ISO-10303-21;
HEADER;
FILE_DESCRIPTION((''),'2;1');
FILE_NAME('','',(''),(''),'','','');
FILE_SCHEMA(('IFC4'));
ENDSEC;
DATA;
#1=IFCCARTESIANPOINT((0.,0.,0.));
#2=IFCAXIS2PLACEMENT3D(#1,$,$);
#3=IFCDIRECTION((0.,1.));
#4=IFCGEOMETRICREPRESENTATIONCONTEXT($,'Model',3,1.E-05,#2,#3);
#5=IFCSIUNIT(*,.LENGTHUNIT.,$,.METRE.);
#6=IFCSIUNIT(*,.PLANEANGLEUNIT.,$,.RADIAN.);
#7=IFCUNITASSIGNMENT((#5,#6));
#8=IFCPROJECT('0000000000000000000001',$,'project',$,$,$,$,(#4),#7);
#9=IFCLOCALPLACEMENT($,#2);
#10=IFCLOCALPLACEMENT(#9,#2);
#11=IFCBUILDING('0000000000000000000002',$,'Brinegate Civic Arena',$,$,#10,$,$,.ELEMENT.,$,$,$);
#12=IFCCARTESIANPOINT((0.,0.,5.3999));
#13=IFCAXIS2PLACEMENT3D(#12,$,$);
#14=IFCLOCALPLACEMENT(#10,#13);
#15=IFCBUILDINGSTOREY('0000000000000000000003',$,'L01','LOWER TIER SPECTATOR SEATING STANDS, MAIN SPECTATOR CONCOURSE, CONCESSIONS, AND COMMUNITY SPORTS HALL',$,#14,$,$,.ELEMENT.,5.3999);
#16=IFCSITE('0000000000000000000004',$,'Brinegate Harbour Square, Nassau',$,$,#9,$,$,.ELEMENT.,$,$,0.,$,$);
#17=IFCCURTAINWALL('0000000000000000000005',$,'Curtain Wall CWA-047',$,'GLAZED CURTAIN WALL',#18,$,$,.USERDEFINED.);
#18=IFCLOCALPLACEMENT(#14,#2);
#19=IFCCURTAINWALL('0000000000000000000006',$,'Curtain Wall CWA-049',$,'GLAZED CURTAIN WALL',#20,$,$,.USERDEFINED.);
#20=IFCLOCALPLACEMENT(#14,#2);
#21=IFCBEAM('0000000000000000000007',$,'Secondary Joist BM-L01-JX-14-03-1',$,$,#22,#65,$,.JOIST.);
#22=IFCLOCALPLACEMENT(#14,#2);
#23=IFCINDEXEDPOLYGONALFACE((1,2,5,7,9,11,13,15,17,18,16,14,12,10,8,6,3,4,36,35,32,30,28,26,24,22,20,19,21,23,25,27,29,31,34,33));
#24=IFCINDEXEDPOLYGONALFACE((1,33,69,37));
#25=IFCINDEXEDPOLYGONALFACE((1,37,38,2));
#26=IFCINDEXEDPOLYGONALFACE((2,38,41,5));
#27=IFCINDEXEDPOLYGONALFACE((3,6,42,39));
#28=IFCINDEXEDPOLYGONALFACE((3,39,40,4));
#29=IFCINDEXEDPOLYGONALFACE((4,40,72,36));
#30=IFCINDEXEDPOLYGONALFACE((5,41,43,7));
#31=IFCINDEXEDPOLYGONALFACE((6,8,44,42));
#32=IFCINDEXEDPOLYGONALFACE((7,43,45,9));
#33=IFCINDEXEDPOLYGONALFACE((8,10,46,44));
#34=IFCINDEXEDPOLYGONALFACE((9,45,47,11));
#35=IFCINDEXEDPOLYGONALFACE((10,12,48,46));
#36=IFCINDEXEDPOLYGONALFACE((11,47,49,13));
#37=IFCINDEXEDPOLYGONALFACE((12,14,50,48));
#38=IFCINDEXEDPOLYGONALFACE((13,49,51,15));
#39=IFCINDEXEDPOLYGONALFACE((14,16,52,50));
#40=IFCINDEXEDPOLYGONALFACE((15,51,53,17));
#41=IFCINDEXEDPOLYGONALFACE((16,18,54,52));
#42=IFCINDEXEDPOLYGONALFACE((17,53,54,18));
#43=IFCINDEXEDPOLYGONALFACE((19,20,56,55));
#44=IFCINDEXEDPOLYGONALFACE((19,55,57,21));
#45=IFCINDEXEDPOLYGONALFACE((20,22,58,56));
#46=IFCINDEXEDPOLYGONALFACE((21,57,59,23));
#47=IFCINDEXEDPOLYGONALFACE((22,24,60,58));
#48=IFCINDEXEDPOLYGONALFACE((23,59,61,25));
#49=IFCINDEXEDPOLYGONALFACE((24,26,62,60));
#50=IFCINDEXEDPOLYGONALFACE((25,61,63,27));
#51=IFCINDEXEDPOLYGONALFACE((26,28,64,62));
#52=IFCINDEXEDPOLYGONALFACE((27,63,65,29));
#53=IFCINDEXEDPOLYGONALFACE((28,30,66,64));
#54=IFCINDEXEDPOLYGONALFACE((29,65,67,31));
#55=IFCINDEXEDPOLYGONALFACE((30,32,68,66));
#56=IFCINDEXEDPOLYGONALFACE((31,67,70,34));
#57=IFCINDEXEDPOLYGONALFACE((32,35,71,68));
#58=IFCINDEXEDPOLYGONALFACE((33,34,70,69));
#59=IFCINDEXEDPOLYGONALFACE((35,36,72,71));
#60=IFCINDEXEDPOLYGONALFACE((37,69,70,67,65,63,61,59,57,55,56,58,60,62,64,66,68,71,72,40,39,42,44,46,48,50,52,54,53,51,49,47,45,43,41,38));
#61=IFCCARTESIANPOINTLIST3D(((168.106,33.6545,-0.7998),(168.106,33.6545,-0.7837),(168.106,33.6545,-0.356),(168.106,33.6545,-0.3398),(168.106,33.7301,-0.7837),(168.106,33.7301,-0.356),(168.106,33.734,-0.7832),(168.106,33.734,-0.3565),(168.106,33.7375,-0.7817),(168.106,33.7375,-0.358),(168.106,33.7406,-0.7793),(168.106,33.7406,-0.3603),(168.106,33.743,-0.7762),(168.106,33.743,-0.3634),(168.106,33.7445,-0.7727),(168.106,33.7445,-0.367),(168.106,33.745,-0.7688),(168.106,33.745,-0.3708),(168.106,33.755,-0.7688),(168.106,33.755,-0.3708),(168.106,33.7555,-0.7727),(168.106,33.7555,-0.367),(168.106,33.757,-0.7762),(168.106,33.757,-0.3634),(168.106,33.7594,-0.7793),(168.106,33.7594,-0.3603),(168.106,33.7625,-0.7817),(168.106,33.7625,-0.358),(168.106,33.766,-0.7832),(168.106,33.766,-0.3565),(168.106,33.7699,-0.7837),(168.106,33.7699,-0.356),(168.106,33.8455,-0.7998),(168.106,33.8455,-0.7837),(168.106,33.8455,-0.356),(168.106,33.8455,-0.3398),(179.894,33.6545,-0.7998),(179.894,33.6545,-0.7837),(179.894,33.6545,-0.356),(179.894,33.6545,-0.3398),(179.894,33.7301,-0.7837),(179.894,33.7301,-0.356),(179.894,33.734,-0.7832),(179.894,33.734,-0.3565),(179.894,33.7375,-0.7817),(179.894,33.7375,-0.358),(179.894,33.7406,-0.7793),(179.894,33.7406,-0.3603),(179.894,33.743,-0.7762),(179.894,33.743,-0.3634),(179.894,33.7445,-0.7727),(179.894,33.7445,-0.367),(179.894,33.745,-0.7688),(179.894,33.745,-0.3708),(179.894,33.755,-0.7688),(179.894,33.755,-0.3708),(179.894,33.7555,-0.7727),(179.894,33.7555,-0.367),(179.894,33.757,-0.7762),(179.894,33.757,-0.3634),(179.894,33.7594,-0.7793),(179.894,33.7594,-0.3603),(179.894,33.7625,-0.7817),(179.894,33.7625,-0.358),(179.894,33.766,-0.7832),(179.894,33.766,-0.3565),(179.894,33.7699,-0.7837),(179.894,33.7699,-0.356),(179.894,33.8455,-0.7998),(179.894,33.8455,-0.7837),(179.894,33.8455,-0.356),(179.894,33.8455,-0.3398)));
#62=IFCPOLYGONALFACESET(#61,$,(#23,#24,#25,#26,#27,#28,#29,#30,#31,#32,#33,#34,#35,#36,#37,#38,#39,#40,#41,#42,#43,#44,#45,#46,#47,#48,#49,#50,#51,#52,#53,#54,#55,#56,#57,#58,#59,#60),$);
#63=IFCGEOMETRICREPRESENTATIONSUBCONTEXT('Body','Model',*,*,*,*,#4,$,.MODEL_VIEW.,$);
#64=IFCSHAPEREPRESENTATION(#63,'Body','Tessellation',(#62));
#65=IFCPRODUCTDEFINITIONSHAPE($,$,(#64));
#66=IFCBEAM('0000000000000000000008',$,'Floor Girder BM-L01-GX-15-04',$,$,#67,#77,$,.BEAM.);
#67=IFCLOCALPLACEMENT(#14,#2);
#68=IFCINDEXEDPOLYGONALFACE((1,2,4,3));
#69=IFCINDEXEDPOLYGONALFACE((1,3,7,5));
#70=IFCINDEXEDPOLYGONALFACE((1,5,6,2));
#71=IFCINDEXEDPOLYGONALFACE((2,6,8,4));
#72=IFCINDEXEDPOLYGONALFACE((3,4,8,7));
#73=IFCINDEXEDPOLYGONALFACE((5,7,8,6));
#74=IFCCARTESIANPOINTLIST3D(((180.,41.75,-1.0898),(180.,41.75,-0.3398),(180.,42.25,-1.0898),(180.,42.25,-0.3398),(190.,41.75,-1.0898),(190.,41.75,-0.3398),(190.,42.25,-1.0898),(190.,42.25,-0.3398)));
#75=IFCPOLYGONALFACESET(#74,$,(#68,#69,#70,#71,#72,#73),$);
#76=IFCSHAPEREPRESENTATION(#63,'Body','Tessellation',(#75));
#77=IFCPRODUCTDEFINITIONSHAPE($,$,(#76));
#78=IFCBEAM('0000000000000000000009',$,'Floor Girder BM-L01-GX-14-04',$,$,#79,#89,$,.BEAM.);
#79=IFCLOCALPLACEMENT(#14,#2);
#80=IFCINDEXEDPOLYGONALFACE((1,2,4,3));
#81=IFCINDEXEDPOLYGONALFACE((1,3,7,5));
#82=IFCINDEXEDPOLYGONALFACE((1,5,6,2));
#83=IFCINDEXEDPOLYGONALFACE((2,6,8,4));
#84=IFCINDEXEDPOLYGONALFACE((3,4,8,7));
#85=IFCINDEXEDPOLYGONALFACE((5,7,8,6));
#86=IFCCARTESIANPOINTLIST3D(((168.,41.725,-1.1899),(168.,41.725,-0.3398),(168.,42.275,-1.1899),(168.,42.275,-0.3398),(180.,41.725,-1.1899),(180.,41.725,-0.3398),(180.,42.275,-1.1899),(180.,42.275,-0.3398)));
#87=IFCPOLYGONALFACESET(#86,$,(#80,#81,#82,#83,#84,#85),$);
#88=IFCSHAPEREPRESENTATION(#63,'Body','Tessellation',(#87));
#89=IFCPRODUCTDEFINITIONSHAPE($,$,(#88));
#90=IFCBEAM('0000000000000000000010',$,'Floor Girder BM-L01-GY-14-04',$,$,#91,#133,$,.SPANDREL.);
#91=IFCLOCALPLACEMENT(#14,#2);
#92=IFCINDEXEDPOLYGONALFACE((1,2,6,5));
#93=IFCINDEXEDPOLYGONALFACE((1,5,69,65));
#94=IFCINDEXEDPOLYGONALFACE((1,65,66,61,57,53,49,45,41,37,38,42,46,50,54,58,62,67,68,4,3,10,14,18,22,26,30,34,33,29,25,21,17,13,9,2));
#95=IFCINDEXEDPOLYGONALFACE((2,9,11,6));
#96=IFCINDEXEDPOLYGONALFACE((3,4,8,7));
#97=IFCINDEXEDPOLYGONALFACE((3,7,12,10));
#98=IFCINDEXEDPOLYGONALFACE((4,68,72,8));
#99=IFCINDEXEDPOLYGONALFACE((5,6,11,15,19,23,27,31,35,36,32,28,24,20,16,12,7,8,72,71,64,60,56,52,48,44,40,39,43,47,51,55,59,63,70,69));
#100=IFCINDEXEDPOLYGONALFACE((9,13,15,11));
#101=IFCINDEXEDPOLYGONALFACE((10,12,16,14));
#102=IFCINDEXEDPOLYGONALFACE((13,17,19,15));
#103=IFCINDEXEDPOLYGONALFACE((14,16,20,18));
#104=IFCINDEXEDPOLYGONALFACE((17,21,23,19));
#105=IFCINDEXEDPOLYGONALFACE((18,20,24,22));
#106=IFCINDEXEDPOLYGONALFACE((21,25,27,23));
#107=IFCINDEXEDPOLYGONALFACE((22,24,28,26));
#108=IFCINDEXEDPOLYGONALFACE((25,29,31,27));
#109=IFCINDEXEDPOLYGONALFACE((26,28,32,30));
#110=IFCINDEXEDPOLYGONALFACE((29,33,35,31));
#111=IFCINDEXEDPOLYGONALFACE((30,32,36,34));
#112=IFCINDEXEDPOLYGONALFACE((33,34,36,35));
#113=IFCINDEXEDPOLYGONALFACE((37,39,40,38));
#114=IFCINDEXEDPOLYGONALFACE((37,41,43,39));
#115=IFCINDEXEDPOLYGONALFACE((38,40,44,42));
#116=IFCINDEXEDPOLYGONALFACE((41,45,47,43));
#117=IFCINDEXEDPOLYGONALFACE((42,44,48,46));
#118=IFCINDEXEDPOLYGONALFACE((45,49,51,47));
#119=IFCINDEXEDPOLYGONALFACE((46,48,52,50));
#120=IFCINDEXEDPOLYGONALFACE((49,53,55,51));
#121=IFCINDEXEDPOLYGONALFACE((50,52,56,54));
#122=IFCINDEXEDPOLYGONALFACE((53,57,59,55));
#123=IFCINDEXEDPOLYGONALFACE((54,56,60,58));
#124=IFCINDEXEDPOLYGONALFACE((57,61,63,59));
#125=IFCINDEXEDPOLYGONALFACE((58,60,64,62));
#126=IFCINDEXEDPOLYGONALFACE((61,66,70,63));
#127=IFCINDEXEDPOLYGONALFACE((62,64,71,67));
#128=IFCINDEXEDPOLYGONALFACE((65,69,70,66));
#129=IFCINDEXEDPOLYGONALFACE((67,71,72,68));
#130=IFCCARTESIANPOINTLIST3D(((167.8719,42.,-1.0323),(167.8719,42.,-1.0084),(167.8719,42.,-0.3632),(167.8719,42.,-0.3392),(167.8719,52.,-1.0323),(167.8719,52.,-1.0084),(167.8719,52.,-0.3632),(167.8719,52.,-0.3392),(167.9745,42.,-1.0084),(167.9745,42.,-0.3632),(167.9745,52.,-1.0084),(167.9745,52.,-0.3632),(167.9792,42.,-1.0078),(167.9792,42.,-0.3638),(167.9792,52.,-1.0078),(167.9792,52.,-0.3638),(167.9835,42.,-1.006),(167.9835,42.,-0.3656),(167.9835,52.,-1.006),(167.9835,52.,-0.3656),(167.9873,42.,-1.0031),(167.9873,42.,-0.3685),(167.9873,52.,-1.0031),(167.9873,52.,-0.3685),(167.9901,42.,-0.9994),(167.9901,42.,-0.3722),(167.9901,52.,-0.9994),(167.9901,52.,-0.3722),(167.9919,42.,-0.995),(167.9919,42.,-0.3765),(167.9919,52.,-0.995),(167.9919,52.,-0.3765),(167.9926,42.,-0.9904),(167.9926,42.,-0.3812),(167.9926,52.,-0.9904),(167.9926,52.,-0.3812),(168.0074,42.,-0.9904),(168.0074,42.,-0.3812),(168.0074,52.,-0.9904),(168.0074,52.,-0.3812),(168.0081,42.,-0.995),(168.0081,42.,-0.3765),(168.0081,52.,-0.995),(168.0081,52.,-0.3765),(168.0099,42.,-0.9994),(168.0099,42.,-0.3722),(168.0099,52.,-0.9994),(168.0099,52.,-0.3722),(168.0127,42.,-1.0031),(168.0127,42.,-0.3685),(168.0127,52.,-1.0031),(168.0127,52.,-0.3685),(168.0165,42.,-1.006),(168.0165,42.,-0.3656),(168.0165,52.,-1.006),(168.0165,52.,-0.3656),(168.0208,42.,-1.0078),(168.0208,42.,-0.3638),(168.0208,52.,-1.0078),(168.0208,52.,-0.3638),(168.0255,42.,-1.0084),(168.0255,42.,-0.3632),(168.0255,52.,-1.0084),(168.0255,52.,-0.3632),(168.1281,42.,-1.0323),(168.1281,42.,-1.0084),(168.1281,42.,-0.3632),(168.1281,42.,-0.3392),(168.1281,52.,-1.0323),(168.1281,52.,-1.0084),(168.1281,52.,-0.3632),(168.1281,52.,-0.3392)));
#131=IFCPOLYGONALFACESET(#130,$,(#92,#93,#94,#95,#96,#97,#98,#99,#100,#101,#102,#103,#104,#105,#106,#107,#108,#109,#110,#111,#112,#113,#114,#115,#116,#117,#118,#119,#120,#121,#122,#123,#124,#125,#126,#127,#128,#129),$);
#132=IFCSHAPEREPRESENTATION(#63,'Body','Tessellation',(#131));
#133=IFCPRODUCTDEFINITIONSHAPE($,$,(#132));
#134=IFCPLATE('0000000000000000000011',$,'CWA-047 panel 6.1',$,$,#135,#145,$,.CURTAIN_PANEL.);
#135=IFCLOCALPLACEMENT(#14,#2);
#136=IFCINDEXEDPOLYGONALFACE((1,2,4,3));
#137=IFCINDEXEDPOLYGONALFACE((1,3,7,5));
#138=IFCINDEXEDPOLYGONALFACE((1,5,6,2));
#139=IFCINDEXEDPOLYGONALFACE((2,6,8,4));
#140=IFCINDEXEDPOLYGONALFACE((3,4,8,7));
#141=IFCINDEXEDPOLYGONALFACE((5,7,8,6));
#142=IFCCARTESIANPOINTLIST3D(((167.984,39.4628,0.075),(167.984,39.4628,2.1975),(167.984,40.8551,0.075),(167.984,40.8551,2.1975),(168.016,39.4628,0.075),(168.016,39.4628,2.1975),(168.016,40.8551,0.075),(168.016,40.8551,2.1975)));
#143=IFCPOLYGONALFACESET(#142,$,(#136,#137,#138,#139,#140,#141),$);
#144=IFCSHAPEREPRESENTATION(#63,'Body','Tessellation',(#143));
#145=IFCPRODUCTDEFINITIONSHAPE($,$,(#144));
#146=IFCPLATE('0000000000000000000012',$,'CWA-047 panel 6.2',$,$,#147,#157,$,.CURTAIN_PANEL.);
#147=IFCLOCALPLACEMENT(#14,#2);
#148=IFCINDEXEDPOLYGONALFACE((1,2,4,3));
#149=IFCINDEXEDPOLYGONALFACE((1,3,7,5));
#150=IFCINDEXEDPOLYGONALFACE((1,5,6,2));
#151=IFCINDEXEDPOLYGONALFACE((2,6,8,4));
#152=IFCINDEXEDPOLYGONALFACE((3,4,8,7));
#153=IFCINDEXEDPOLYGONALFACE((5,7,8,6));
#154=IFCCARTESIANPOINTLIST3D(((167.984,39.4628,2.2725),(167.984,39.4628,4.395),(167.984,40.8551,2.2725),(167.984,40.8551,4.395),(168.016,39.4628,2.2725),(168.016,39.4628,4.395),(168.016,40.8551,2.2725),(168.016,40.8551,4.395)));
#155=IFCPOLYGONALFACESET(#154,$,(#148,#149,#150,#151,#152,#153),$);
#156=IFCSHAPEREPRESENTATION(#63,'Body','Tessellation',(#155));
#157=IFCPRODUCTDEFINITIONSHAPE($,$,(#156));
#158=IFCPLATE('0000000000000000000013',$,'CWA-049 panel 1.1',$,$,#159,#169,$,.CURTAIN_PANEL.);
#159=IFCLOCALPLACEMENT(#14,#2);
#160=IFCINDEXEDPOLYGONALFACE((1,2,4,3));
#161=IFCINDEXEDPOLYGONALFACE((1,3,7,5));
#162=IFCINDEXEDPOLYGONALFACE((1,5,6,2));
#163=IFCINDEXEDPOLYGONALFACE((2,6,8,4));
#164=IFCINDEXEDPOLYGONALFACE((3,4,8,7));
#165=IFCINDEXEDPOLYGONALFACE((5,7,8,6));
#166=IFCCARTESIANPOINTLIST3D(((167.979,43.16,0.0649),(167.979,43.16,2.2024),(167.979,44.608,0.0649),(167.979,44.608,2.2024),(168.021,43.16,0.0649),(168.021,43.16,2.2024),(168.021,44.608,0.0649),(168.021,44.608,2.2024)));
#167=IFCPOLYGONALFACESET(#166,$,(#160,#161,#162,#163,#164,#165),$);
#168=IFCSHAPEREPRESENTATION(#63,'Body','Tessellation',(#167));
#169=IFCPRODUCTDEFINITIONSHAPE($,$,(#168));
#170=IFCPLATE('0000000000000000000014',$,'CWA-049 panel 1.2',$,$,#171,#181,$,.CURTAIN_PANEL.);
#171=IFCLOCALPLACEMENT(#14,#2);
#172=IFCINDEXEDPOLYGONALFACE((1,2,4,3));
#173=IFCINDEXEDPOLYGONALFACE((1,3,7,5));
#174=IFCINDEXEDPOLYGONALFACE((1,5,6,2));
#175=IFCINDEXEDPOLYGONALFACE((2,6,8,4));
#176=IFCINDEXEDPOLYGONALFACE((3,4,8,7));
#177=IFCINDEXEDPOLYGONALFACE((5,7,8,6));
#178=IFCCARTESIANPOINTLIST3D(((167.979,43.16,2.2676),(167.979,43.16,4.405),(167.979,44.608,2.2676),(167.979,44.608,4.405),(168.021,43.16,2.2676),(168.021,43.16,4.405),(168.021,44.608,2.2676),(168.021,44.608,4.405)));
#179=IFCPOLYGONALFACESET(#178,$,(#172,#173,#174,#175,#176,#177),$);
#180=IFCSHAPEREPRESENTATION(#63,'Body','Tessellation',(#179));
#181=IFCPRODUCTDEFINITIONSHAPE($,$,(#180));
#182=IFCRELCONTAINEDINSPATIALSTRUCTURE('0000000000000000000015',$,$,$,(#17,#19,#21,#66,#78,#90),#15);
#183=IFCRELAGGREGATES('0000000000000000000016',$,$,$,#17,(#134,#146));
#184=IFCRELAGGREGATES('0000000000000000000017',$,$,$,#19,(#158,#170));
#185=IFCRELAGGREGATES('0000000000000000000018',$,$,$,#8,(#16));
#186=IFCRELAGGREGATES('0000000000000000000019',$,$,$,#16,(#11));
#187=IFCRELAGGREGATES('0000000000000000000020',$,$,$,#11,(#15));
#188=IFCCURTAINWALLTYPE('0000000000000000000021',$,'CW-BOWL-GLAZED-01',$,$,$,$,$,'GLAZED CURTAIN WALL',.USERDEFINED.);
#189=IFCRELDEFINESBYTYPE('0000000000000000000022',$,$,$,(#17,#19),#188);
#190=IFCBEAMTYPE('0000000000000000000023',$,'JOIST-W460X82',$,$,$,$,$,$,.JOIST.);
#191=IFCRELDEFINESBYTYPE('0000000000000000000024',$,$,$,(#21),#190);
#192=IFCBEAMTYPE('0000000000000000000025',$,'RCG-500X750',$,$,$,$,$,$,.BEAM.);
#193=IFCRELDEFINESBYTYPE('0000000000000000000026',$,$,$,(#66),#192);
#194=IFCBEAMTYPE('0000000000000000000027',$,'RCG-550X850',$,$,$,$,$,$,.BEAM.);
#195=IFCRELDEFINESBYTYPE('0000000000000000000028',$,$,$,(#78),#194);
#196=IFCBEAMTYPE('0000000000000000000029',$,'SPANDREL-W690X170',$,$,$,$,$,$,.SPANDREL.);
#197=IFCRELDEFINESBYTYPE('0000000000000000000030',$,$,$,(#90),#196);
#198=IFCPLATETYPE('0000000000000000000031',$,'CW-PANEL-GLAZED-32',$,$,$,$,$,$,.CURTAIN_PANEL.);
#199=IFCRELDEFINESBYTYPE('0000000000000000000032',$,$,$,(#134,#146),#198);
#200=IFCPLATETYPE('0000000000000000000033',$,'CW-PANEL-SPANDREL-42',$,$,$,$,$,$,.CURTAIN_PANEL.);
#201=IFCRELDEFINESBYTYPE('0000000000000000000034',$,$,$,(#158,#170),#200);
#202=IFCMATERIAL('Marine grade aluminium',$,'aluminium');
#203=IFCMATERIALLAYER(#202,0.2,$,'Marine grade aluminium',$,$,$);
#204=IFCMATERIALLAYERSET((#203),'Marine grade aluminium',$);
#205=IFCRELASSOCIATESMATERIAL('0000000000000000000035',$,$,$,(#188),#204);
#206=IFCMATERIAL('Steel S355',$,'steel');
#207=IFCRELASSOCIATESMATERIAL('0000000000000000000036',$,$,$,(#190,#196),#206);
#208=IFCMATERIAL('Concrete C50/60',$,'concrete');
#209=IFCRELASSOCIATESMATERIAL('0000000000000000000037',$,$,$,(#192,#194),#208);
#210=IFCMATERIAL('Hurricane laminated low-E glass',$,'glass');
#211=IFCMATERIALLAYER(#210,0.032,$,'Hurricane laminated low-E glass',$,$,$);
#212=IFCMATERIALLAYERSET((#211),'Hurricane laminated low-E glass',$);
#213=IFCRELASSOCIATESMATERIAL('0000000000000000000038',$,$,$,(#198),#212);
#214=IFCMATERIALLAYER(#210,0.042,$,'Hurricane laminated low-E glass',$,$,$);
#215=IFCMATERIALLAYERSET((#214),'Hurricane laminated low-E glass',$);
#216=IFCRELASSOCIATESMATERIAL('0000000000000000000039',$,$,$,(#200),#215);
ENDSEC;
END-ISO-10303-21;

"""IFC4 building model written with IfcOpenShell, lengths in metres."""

from ifc_helpers import new_model, si_unit, direction, frame, origin, origin_2d, place, context, subcontext, project, spatial, rectangle, i_section, extrude, material, layer, layer_set, material_profile, profile_set, type_object, element, aggregate, save


model = new_model("IFC4")

# Units and contexts
model_context = context("Model", 3, precision=1e-05, world=origin(), true_north=direction((0.0, 1.0)))
body_context = subcontext(model_context, "Body", "Model", "MODEL_VIEW")
ifc_project = project(units=[si_unit("LENGTHUNIT", "METRE"), si_unit("PLANEANGLEUNIT", "RADIAN")], contexts=[model_context])

# Site, building, storey
site_placement = place(None, origin())
site = spatial("IfcSite", under=ifc_project, at=site_placement, Name="Brinegate Harbour Square, Nassau", CompositionType="ELEMENT", RefElevation=0.0)
building_placement = place(site_placement, origin())
building = spatial("IfcBuilding", under=site, at=building_placement, Name="Brinegate Civic Arena", CompositionType="ELEMENT")
storey_placement = place(building_placement, frame((0.0, 0.0, 5.3999)))
storey = spatial("IfcBuildingStorey", under=building, at=storey_placement, Name="L01", Description="LOWER TIER SPECTATOR SEATING STANDS, MAIN SPECTATOR CONCOURSE, CONCESSIONS, AND COMMUNITY SPORTS HALL", CompositionType="ELEMENT", Elevation=5.3999)

# Shared definitions
ifc_material_1 = material(Name="Concrete C50/60", Category="concrete")

# Curtain wall
ifc_material_2 = material(Name="Marine grade aluminium", Category="aluminium")
ifc_layer_1 = layer(ifc_material_2, 0.2, Name="Marine grade aluminium")
ifc_layer_set_1 = layer_set([ifc_layer_1], Name="Marine grade aluminium")
curtain_wall_type = type_object("IfcCurtainWallType", Name="CW-BOWL-GLAZED-01", ElementType="GLAZED CURTAIN WALL", PredefinedType="USERDEFINED", material=ifc_layer_set_1)
curtain_wall_1_placement = place(storey_placement, origin())
curtain_wall_1 = element("IfcCurtainWall", 1, at=curtain_wall_1_placement, inside=storey, type_object=curtain_wall_type, Name="Curtain Wall CWA-047", ObjectType="GLAZED CURTAIN WALL", PredefinedType="USERDEFINED")

# Curtain wall
curtain_wall_2_placement = place(storey_placement, origin())
curtain_wall_2 = element("IfcCurtainWall", 2, at=curtain_wall_2_placement, inside=storey, type_object=curtain_wall_type, Name="Curtain Wall CWA-049", ObjectType="GLAZED CURTAIN WALL", PredefinedType="USERDEFINED")

# Beams
ifc_material_3 = material(Name="Steel S355", Category="steel")
ifc_material_profile_1 = material_profile(ifc_material_3, i_section(OverallWidth=0.1909, OverallDepth=0.46, WebThickness=0.01, FlangeThickness=0.0161, FilletRadius=0.0149, at=origin_2d()), Name="W460X82")
ifc_profile_set_1 = profile_set([ifc_material_profile_1], Name="Steel S355")
beam_type_1 = type_object("IfcBeamType", Name="JOIST-W460X82", PredefinedType="JOIST", material=ifc_profile_set_1)
beam_1_placement = place(storey_placement, frame((168.106, 33.75, -0.5698), z_axis=(1.0, 0.0, 0.0), x_axis=(0.0, 1.0, 0.0)))
element("IfcBeam", 3, at=beam_1_placement, inside=storey, type_object=beam_type_1, Name="Secondary Joist BM-L01-JX-14-03-1", PredefinedType="JOIST", context=body_context, shape_type="SweptSolid", body=[
    extrude(i_section(OverallWidth=0.1909, OverallDepth=0.46, WebThickness=0.01, FlangeThickness=0.0161, FilletRadius=0.0149, at=origin_2d()), origin(), (0.0, 0.0, 1.0), 11.7881),
])
ifc_material_profile_2 = material_profile(ifc_material_1, rectangle(XDim=0.5, YDim=0.75, at=origin_2d()), Name="RCB500X750")
ifc_profile_set_2 = profile_set([ifc_material_profile_2], Name="Concrete C50/60")
beam_type_2 = type_object("IfcBeamType", Name="RCG-500X750", PredefinedType="BEAM", material=ifc_profile_set_2)
beam_2_placement = place(storey_placement, frame((180.0, 42.0, -0.7148), z_axis=(1.0, 0.0, 0.0), x_axis=(0.0, 1.0, 0.0)))
element("IfcBeam", 4, at=beam_2_placement, inside=storey, type_object=beam_type_2, Name="Floor Girder BM-L01-GX-15-04", PredefinedType="BEAM", context=body_context, shape_type="SweptSolid", body=[
    extrude(rectangle(XDim=0.5, YDim=0.75, at=origin_2d()), origin(), (0.0, 0.0, 1.0), 10.0),
])
ifc_material_profile_3 = material_profile(ifc_material_1, rectangle(XDim=0.55, YDim=0.8501, at=origin_2d()), Name="RCB550X850")
ifc_profile_set_3 = profile_set([ifc_material_profile_3], Name="Concrete C50/60")
beam_type_3 = type_object("IfcBeamType", Name="RCG-550X850", PredefinedType="BEAM", material=ifc_profile_set_3)
beam_3_placement = place(storey_placement, frame((168.0, 42.0, -0.7649), z_axis=(1.0, 0.0, 0.0), x_axis=(0.0, 1.0, 0.0)))
element("IfcBeam", 5, at=beam_3_placement, inside=storey, type_object=beam_type_3, Name="Floor Girder BM-L01-GX-14-04", PredefinedType="BEAM", context=body_context, shape_type="SweptSolid", body=[
    extrude(rectangle(XDim=0.55, YDim=0.8501, at=origin_2d()), origin(), (0.0, 0.0, 1.0), 12.0),
])
ifc_material_profile_4 = material_profile(ifc_material_3, i_section(OverallWidth=0.2561, OverallDepth=0.6931, WebThickness=0.0149, FlangeThickness=0.0239, FilletRadius=0.0181, at=origin_2d()), Name="W690X170")
ifc_profile_set_4 = profile_set([ifc_material_profile_4], Name="Steel S355")
beam_type_4 = type_object("IfcBeamType", Name="SPANDREL-W690X170", PredefinedType="SPANDREL", material=ifc_profile_set_4)
beam_4_placement = place(storey_placement, frame((168.0, 42.0, -0.6858), z_axis=(0.0, 1.0, 0.0), x_axis=(-1.0, 0.0, 0.0)))
element("IfcBeam", 6, at=beam_4_placement, inside=storey, type_object=beam_type_4, Name="Floor Girder BM-L01-GY-14-04", PredefinedType="SPANDREL", context=body_context, shape_type="SweptSolid", body=[
    extrude(i_section(OverallWidth=0.2561, OverallDepth=0.6931, WebThickness=0.0149, FlangeThickness=0.0239, FilletRadius=0.0181, at=origin_2d()), origin(), (0.0, 0.0, 1.0), 10.0),
])

# Plates
ifc_material_4 = material(Name="Hurricane laminated low-E glass", Category="glass")
ifc_layer_2 = layer(ifc_material_4, 0.032, Name="Hurricane laminated low-E glass")
ifc_layer_set_2 = layer_set([ifc_layer_2], Name="Hurricane laminated low-E glass")
plate_type_1 = type_object("IfcPlateType", Name="CW-PANEL-GLAZED-32", PredefinedType="CURTAIN_PANEL", material=ifc_layer_set_2)
plate_1_placement = place(storey_placement, frame((168.0, 40.1589, 0.075), z_axis=(0.0, 0.0, 1.0), x_axis=(0.0, 1.0, 0.0)))
plate_1 = element("IfcPlate", 7, at=plate_1_placement, type_object=plate_type_1, Name="CWA-047 panel 6.1", PredefinedType="CURTAIN_PANEL", context=body_context, shape_type="SweptSolid", body=[
    extrude(rectangle(XDim=1.3923, YDim=0.032, at=origin_2d()), origin(), (0.0, 0.0, 1.0), 2.1226),
])
plate_2_placement = place(storey_placement, frame((168.0, 40.1589, 2.2725), z_axis=(0.0, 0.0, 1.0), x_axis=(0.0, 1.0, 0.0)))
plate_2 = element("IfcPlate", 8, at=plate_2_placement, type_object=plate_type_1, Name="CWA-047 panel 6.2", PredefinedType="CURTAIN_PANEL", context=body_context, shape_type="SweptSolid", body=[
    extrude(rectangle(XDim=1.3923, YDim=0.032, at=origin_2d()), origin(), (0.0, 0.0, 1.0), 2.1226),
])
aggregate(curtain_wall_1, [plate_1, plate_2])
ifc_layer_3 = layer(ifc_material_4, 0.042, Name="Hurricane laminated low-E glass")
ifc_layer_set_3 = layer_set([ifc_layer_3], Name="Hurricane laminated low-E glass")
plate_type_2 = type_object("IfcPlateType", Name="CW-PANEL-SPANDREL-42", PredefinedType="CURTAIN_PANEL", material=ifc_layer_set_3)
plate_3_placement = place(storey_placement, frame((168.0, 43.884, 0.0649), z_axis=(0.0, 0.0, 1.0), x_axis=(0.0, 1.0, 0.0)))
plate_3 = element("IfcPlate", 9, at=plate_3_placement, type_object=plate_type_2, Name="CWA-049 panel 1.1", PredefinedType="CURTAIN_PANEL", context=body_context, shape_type="SweptSolid", body=[
    extrude(rectangle(XDim=1.448, YDim=0.042, at=origin_2d()), origin(), (0.0, 0.0, 1.0), 2.1375),
])
plate_4_placement = place(storey_placement, frame((168.0, 43.884, 2.2676), z_axis=(0.0, 0.0, 1.0), x_axis=(0.0, 1.0, 0.0)))
plate_4 = element("IfcPlate", 10, at=plate_4_placement, type_object=plate_type_2, Name="CWA-049 panel 1.2", PredefinedType="CURTAIN_PANEL", context=body_context, shape_type="SweptSolid", body=[
    extrude(rectangle(XDim=1.448, YDim=0.042, at=origin_2d()), origin(), (0.0, 0.0, 1.0), 2.1375),
])
aggregate(curtain_wall_2, [plate_3, plate_4])

save(model, "model.ifc")
